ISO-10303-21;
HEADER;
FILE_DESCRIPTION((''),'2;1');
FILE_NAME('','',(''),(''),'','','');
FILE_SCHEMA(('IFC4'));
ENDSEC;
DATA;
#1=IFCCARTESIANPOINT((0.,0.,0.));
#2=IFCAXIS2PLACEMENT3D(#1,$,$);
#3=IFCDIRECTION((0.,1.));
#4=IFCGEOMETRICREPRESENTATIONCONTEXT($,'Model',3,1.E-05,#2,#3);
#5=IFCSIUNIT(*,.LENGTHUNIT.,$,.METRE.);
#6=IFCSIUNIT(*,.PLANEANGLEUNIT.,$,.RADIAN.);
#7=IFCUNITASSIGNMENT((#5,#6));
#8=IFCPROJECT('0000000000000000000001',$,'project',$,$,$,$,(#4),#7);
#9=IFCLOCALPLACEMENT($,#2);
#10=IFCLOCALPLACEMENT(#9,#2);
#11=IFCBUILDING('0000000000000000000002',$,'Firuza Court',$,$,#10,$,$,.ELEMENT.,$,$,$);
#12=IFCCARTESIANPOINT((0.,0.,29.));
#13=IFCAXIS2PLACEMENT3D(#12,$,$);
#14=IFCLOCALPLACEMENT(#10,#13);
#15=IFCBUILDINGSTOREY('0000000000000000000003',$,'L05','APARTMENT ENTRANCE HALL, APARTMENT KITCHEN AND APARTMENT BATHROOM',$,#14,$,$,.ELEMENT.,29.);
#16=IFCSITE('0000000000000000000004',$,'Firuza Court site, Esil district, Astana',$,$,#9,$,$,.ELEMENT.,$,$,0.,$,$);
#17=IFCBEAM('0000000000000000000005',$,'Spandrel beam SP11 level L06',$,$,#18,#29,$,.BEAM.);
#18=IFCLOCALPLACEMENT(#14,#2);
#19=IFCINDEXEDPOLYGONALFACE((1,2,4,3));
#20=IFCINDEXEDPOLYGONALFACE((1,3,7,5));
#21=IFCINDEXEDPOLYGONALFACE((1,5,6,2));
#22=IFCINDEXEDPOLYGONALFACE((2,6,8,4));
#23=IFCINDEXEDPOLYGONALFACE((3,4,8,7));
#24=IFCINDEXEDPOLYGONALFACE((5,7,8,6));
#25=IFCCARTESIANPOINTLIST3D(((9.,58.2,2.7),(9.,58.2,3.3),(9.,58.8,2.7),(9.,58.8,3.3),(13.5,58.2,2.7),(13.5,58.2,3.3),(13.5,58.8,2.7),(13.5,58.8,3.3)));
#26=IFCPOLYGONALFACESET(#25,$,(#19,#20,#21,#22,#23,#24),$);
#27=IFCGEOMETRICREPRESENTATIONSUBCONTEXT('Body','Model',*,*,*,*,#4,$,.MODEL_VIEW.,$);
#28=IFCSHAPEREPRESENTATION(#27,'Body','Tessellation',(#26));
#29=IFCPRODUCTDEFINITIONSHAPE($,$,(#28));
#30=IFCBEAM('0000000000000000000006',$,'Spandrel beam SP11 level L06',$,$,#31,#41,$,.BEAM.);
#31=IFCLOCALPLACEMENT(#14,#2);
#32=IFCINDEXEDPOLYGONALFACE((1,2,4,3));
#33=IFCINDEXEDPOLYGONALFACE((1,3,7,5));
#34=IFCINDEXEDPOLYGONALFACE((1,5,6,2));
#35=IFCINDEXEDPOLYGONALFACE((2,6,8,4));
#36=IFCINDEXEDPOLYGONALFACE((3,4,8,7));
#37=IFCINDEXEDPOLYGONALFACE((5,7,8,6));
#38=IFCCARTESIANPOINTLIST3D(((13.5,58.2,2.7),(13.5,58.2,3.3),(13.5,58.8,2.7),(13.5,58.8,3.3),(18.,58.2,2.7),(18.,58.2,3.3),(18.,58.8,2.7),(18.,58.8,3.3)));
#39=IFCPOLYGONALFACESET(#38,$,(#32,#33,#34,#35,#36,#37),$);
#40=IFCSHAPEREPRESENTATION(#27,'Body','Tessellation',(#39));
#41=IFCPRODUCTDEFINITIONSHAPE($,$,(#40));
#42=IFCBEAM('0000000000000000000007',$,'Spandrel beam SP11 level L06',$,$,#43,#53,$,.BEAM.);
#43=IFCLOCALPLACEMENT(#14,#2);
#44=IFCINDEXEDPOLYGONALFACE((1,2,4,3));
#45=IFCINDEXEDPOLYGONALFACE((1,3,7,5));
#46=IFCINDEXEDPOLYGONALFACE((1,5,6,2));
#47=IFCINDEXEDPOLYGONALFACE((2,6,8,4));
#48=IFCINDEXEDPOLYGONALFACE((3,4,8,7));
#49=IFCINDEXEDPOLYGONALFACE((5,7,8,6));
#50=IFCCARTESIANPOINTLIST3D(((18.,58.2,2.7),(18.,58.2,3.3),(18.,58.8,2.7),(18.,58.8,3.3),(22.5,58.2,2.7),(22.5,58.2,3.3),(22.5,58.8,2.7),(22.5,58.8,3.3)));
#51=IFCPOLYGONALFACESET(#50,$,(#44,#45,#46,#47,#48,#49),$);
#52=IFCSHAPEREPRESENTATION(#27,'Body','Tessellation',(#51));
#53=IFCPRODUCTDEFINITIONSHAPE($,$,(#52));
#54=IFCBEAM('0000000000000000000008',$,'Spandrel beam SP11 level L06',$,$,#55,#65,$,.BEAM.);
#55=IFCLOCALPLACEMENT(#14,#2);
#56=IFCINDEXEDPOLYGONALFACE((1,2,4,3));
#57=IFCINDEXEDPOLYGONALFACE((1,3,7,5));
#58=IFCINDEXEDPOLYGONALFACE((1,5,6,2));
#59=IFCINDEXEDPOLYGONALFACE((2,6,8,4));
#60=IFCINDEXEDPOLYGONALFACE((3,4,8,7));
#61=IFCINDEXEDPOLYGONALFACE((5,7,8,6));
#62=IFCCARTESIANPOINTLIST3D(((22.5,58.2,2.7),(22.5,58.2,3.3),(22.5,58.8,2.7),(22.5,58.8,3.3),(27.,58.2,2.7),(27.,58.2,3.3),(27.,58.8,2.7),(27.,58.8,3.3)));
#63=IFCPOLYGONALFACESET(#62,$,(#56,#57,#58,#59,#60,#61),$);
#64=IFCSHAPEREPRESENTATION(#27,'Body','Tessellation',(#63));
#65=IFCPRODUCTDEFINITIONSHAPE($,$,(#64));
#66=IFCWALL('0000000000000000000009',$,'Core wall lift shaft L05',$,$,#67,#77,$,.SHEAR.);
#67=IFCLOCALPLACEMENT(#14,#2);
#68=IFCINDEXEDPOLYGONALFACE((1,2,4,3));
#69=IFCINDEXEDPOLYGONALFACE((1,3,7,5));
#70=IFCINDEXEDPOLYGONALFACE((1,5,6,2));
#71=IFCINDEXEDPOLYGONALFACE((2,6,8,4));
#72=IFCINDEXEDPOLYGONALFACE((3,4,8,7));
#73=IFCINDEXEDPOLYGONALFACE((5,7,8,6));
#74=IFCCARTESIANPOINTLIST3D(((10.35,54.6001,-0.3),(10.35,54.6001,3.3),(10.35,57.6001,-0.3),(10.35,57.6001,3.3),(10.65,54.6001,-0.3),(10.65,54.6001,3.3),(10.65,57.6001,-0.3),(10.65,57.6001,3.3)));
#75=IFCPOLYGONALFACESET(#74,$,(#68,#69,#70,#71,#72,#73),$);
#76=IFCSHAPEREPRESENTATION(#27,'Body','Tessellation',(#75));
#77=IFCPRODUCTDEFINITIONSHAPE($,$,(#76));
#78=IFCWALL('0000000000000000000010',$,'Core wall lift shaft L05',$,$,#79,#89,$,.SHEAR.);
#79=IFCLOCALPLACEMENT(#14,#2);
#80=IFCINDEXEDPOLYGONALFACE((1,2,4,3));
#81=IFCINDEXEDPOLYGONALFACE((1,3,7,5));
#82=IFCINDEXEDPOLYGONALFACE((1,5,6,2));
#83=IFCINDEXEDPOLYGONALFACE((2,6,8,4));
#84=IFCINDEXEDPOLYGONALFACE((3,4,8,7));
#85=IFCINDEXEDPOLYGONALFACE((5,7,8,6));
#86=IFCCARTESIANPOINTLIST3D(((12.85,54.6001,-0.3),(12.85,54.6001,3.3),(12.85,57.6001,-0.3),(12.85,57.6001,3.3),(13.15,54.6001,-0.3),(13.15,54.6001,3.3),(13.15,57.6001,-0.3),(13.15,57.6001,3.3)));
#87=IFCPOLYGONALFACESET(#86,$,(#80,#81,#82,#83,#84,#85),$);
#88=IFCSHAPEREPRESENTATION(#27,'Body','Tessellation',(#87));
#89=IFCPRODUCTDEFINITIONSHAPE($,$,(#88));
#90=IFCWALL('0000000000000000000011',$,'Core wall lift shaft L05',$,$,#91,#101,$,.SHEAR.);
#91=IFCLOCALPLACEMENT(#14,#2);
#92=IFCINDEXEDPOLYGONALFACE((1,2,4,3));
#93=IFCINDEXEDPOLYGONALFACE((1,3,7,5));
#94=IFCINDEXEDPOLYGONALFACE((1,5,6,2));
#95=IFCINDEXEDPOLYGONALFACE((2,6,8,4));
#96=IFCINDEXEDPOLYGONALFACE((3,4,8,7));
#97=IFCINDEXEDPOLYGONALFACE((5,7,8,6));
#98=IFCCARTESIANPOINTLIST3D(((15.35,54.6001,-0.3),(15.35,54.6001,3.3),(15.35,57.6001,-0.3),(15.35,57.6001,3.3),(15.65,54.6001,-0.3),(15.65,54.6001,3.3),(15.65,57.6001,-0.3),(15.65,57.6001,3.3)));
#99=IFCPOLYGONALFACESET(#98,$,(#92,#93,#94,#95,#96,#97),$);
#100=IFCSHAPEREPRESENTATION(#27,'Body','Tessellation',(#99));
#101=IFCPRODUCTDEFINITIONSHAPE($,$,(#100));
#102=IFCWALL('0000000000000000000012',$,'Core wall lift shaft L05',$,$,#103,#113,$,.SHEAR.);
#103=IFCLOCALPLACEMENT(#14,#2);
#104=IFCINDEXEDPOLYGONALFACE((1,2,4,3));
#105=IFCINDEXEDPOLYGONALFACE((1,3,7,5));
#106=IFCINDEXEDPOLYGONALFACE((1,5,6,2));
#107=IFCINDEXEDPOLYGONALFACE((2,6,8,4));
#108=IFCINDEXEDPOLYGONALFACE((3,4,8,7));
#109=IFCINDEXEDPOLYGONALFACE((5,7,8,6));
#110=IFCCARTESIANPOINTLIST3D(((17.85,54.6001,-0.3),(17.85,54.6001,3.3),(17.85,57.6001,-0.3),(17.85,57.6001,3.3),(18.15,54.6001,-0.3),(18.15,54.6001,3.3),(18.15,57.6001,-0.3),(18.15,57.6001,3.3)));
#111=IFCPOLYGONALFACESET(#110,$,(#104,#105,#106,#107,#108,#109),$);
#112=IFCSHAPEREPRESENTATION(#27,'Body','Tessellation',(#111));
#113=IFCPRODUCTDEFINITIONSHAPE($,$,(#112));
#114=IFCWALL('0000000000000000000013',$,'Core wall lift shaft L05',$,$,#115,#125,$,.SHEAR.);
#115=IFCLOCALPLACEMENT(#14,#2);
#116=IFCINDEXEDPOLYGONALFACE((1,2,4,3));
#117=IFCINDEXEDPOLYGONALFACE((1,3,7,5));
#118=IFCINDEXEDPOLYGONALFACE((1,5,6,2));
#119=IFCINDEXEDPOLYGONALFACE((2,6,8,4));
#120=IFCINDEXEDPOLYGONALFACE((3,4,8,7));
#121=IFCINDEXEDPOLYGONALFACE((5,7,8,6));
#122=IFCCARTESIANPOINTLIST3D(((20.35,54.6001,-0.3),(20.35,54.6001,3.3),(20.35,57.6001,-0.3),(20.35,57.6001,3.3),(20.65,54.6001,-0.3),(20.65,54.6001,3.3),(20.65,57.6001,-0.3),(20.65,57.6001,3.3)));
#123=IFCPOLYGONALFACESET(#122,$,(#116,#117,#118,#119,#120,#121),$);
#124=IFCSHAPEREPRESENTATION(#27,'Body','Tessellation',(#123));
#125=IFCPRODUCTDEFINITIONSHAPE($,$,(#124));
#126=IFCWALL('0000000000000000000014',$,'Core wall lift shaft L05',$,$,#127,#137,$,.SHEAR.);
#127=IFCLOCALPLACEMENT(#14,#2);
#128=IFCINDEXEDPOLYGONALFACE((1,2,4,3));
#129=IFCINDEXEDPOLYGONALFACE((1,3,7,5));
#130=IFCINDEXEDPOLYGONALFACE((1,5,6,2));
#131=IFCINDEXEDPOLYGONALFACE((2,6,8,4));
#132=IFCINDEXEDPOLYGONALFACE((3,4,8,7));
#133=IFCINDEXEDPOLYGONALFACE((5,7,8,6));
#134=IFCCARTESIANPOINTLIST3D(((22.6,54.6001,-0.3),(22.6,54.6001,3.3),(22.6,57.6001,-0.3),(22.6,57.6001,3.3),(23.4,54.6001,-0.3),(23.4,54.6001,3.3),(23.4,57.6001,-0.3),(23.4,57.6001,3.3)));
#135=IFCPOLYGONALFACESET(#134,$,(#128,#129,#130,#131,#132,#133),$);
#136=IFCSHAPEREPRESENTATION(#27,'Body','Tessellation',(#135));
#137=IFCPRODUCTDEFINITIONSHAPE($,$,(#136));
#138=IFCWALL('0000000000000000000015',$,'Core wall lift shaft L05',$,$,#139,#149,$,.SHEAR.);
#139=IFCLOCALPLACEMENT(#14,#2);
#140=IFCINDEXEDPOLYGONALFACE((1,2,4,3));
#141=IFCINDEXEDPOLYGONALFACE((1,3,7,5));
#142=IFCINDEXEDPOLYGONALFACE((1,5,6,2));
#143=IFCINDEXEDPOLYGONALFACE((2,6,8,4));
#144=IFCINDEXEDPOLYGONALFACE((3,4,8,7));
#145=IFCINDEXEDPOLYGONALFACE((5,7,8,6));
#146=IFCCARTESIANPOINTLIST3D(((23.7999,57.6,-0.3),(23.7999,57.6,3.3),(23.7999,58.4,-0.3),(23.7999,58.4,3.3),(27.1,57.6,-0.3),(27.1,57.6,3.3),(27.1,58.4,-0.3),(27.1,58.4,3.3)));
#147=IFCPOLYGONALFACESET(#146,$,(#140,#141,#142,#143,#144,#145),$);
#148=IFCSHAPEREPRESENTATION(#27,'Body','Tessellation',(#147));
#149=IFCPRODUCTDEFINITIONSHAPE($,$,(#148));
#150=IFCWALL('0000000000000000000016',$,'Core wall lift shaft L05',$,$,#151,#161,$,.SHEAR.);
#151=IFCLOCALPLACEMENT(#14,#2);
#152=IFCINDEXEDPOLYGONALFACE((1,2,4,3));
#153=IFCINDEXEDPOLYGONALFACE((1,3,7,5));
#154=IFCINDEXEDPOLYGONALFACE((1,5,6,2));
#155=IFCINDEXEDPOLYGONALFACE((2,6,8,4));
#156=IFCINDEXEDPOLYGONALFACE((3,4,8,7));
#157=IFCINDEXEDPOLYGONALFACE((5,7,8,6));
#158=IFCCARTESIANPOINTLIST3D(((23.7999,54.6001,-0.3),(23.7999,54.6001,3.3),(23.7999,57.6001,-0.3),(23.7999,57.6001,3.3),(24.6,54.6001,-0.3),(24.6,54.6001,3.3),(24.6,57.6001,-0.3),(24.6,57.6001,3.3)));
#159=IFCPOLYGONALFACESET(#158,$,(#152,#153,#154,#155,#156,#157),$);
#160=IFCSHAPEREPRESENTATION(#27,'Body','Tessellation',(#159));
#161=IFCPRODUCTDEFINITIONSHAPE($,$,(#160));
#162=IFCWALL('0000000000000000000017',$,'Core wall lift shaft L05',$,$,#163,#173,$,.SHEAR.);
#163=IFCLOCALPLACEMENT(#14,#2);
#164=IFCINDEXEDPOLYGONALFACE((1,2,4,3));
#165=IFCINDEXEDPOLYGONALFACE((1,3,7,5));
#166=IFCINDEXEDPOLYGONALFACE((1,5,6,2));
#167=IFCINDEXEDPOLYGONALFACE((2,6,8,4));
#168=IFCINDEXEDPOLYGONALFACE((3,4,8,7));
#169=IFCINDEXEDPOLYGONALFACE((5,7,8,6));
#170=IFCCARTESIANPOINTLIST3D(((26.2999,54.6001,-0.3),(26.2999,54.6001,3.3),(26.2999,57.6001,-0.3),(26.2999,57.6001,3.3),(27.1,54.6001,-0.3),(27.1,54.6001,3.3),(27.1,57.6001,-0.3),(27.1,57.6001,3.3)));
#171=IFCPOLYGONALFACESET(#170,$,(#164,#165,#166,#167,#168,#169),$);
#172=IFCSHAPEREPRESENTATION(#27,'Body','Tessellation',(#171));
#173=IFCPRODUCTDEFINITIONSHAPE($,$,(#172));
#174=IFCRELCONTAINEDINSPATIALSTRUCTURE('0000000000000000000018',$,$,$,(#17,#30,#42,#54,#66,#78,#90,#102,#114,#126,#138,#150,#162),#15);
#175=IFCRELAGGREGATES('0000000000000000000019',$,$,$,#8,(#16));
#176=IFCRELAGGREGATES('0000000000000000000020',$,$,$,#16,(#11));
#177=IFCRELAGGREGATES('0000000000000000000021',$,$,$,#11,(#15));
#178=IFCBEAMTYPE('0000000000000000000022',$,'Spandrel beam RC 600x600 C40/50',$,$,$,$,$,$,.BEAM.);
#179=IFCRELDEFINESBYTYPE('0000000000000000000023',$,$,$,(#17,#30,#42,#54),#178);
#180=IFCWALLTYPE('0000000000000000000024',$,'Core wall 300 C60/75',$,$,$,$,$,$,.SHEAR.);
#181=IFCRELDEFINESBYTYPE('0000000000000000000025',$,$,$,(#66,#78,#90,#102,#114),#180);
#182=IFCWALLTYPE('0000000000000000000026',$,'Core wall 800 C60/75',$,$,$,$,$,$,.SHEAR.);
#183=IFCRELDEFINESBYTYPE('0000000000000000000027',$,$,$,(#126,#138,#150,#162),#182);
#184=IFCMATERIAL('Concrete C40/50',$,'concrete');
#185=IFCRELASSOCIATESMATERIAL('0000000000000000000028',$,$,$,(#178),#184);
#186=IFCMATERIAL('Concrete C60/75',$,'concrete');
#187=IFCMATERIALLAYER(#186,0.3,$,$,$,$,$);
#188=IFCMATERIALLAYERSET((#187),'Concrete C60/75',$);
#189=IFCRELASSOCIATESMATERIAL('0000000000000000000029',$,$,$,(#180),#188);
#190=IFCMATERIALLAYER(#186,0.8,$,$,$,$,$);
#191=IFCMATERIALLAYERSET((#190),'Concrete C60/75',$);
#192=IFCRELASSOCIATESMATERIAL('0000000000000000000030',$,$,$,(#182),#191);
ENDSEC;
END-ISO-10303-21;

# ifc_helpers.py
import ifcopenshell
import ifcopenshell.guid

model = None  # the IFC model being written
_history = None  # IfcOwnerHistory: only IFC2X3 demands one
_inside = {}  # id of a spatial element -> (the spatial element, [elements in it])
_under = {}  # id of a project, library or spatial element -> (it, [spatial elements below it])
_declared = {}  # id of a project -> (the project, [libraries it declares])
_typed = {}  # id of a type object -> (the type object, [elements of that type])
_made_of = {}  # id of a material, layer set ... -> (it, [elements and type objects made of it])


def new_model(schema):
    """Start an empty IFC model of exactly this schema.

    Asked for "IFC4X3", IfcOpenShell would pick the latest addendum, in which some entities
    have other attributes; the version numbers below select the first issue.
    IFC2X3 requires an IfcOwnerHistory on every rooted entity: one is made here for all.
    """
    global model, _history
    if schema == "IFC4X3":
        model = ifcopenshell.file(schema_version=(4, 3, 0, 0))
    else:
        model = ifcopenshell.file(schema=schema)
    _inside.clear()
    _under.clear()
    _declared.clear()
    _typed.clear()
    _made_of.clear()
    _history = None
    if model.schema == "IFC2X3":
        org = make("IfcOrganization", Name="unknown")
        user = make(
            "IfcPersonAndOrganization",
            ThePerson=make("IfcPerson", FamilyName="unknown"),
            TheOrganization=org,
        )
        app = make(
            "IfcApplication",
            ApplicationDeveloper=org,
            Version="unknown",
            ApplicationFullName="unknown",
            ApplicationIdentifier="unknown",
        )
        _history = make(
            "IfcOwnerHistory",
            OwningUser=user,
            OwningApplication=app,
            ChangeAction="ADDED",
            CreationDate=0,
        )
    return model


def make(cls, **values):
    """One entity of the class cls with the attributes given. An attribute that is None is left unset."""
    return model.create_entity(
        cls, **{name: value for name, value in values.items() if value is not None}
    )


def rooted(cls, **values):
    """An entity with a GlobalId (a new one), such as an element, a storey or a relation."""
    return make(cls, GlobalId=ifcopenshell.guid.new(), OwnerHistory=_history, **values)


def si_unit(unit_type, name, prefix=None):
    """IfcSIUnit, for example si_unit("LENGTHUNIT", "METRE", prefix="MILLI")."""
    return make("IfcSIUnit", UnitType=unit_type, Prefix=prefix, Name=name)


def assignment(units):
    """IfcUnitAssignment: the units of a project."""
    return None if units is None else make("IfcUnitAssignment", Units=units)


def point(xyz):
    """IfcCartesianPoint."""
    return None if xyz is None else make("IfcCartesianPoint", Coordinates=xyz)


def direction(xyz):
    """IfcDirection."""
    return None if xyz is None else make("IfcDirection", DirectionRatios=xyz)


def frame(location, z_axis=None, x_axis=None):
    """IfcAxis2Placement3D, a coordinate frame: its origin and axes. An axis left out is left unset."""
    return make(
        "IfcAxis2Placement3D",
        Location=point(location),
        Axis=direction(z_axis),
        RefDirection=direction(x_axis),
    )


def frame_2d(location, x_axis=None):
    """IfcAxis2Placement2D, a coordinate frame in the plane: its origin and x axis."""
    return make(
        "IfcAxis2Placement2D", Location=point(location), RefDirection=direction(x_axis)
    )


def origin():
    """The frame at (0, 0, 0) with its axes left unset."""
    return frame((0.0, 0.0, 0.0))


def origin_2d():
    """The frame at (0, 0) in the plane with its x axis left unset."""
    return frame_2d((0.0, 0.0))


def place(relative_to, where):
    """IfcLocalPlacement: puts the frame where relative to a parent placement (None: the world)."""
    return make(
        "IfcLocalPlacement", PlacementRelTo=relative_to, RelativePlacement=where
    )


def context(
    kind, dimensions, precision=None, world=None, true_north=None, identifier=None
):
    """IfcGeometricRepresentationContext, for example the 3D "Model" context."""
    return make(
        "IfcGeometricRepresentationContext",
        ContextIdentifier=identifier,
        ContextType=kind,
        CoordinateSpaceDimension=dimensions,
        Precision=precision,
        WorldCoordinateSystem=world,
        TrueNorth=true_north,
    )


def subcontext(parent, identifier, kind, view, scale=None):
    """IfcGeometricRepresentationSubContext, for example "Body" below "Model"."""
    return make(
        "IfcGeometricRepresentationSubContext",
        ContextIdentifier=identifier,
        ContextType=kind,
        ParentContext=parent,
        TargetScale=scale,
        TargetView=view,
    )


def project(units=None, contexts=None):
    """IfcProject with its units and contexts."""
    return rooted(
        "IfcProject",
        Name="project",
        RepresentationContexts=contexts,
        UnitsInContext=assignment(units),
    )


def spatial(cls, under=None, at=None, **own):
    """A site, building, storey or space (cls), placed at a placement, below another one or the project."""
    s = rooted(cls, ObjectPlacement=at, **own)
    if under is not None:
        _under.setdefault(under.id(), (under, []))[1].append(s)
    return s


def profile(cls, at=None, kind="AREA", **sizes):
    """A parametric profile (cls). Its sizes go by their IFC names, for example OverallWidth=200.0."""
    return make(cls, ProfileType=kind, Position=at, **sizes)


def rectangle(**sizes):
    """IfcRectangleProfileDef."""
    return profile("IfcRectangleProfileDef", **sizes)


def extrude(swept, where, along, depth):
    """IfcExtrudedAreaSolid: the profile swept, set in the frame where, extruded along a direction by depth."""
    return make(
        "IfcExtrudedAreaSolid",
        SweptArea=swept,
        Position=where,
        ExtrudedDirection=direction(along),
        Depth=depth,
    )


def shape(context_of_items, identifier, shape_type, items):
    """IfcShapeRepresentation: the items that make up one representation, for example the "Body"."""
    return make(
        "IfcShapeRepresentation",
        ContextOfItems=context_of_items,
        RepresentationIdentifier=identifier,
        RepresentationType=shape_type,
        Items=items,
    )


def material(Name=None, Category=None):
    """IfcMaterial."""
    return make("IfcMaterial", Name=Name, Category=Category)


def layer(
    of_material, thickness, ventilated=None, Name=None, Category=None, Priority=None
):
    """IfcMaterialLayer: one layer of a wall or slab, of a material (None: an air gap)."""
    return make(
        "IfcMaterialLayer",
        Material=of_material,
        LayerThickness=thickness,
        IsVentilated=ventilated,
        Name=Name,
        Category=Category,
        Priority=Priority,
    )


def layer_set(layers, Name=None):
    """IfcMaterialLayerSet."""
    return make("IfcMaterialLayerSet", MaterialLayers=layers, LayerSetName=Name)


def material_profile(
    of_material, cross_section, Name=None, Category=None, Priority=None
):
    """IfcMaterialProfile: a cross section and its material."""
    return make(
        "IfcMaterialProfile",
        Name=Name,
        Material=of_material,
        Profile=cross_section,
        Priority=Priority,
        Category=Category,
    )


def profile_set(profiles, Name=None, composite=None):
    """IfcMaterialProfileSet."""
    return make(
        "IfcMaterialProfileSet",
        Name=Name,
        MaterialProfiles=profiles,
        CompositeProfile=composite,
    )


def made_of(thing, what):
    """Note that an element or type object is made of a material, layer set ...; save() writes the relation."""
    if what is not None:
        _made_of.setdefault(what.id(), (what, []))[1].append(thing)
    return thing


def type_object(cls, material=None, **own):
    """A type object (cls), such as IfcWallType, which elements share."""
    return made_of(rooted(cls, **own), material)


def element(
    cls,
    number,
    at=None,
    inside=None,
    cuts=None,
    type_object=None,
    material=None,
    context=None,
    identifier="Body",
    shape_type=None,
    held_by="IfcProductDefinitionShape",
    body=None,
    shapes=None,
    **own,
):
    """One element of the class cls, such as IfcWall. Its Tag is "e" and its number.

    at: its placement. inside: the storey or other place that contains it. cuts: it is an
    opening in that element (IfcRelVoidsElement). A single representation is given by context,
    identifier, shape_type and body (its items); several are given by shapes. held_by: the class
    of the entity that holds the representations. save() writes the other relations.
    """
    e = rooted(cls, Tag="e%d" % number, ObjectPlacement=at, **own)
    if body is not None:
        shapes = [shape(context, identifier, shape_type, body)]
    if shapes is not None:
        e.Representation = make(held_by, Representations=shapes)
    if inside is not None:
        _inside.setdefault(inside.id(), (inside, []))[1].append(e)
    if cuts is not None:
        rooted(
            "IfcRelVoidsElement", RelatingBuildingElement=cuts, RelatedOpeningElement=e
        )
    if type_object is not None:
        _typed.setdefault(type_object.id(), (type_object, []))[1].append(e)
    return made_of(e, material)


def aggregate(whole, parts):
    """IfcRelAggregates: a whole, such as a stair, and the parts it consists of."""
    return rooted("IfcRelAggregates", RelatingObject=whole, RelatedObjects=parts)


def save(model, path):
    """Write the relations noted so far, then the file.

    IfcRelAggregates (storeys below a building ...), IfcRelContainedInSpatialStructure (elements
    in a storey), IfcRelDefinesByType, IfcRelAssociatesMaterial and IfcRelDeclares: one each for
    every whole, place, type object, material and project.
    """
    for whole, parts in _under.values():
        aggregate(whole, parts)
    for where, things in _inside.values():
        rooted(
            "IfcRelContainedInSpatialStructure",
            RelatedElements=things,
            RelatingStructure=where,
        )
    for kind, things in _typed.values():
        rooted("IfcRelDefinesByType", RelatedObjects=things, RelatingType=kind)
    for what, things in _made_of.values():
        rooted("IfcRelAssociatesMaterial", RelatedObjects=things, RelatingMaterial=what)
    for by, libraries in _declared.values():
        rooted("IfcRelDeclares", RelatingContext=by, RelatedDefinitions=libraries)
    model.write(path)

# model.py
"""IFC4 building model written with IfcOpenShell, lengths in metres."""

from ifc_helpers import new_model, si_unit, direction, frame, frame_2d, origin, origin_2d, place, context, subcontext, project, spatial, rectangle, extrude, material, layer, layer_set, material_profile, profile_set, type_object, element, save


model = new_model("IFC4")

# Units and contexts
model_context = context("Model", 3, precision=1e-05, world=origin(), true_north=direction((0.0, 1.0)))
body_context = subcontext(model_context, "Body", "Model", "MODEL_VIEW")
ifc_project = project(units=[si_unit("LENGTHUNIT", "METRE"), si_unit("PLANEANGLEUNIT", "RADIAN")], contexts=[model_context])

# Site, building, storey
site_placement = place(None, origin())
site = spatial("IfcSite", under=ifc_project, at=site_placement, Name="Firuza Court site, Esil district, Astana", CompositionType="ELEMENT", RefElevation=0.0)
building_placement = place(site_placement, origin())
building = spatial("IfcBuilding", under=site, at=building_placement, Name="Firuza Court", CompositionType="ELEMENT")
storey_placement = place(building_placement, frame((0.0, 0.0, 29.0)))
storey = spatial("IfcBuildingStorey", under=building, at=storey_placement, Name="L05", Description="APARTMENT ENTRANCE HALL, APARTMENT KITCHEN AND APARTMENT BATHROOM", CompositionType="ELEMENT", Elevation=29.0)

# Beams
ifc_material_1 = material(Name="Concrete C40/50", Category="concrete")
ifc_material_profile_1 = material_profile(ifc_material_1, rectangle(XDim=0.6001, YDim=0.6001, at=origin_2d()), Name="RC 600x600")
ifc_profile_set_1 = profile_set([ifc_material_profile_1], Name="Concrete C40/50")
beam_type = type_object("IfcBeamType", Name="Spandrel beam RC 600x600 C40/50", PredefinedType="BEAM", material=ifc_profile_set_1)
for number, where, z_axis, x_axis, name in (
    (1, (13.5, 58.5, 3.0), (-1.0, 0.0, 0.0), (0.0, -1.0, 0.0), "Spandrel beam SP11 level L06"),
    (2, (18.0, 58.5, 3.0), (-1.0, 0.0, 0.0), (0.0, -1.0, 0.0), "Spandrel beam SP11 level L06"),
    (3, (22.5, 58.5, 3.0), (-1.0, 0.0, 0.0), (0.0, -1.0, 0.0), "Spandrel beam SP11 level L06"),
    (4, (27.0, 58.5, 3.0), (-1.0, 0.0, 0.0), (0.0, -1.0, 0.0), "Spandrel beam SP11 level L06"),
):
    element("IfcBeam", number, at=place(storey_placement, frame(where, z_axis=z_axis, x_axis=x_axis)), inside=storey, type_object=beam_type, Name=name, PredefinedType="BEAM", context=body_context, shape_type="SweptSolid", body=[
        extrude(rectangle(XDim=0.6001, YDim=0.6001, at=origin_2d()), origin(), (0.0, 0.0, 1.0), 4.5),
    ])

# Walls
ifc_material_2 = material(Name="Concrete C60/75", Category="concrete")
ifc_layer_1 = layer(ifc_material_2, 0.3)
ifc_layer_set_1 = layer_set([ifc_layer_1], Name="Concrete C60/75")
wall_type_1 = type_object("IfcWallType", Name="Core wall 300 C60/75", PredefinedType="SHEAR", material=ifc_layer_set_1)
for number, where, z_axis, x_axis, name in (
    (5, (10.5, 54.6001, -0.3), (0.0, 0.0, 1.0), (0.0, 1.0, 0.0), "Core wall lift shaft L05"),
    (6, (13.0, 54.6001, -0.3), (0.0, 0.0, 1.0), (0.0, 1.0, 0.0), "Core wall lift shaft L05"),
    (7, (15.5, 54.6001, -0.3), (0.0, 0.0, 1.0), (0.0, 1.0, 0.0), "Core wall lift shaft L05"),
    (8, (18.0, 54.6001, -0.3), (0.0, 0.0, 1.0), (0.0, 1.0, 0.0), "Core wall lift shaft L05"),
    (9, (20.5, 54.6001, -0.3), (0.0, 0.0, 1.0), (0.0, 1.0, 0.0), "Core wall lift shaft L05"),
):
    element("IfcWall", number, at=place(storey_placement, frame(where, z_axis=z_axis, x_axis=x_axis)), inside=storey, type_object=wall_type_1, Name=name, PredefinedType="SHEAR", context=body_context, shape_type="SweptSolid", body=[
        extrude(rectangle(XDim=3.0, YDim=0.3, at=frame_2d((1.5, 0.0))), origin(), (0.0, 0.0, 1.0), 3.6001),
    ])
ifc_layer_2 = layer(ifc_material_2, 0.8)
ifc_layer_set_2 = layer_set([ifc_layer_2], Name="Concrete C60/75")
wall_type_2 = type_object("IfcWallType", Name="Core wall 800 C60/75", PredefinedType="SHEAR", material=ifc_layer_set_2)
wall_1_placement = place(storey_placement, frame((23.0, 54.6001, -0.3), z_axis=(0.0, 0.0, 1.0), x_axis=(0.0, 1.0, 0.0)))
element("IfcWall", 10, at=wall_1_placement, inside=storey, type_object=wall_type_2, Name="Core wall lift shaft L05", PredefinedType="SHEAR", context=body_context, shape_type="SweptSolid", body=[
    extrude(rectangle(XDim=3.0, YDim=0.8, at=frame_2d((1.5, 0.0))), origin(), (0.0, 0.0, 1.0), 3.6001),
])
wall_2_placement = place(storey_placement, frame((23.8, 58.0, -0.3), z_axis=(0.0, 0.0, 1.0), x_axis=(1.0, 0.0, 0.0)))
element("IfcWall", 11, at=wall_2_placement, inside=storey, type_object=wall_type_2, Name="Core wall lift shaft L05", PredefinedType="SHEAR", context=body_context, shape_type="SweptSolid", body=[
    extrude(rectangle(XDim=3.3, YDim=0.8, at=frame_2d((1.6499, 0.0))), origin(), (0.0, 0.0, 1.0), 3.6001),
])
for number, where, z_axis, x_axis, name in (
    (12, (24.2, 54.6001, -0.3), (0.0, 0.0, 1.0), (0.0, 1.0, 0.0), "Core wall lift shaft L05"),
    (13, (26.7, 54.6001, -0.3), (0.0, 0.0, 1.0), (0.0, 1.0, 0.0), "Core wall lift shaft L05"),
):
    element("IfcWall", number, at=place(storey_placement, frame(where, z_axis=z_axis, x_axis=x_axis)), inside=storey, type_object=wall_type_2, Name=name, PredefinedType="SHEAR", context=body_context, shape_type="SweptSolid", body=[
        extrude(rectangle(XDim=3.0, YDim=0.8, at=frame_2d((1.5, 0.0))), origin(), (0.0, 0.0, 1.0), 3.6001),
    ])

save(model, "model.ifc")
